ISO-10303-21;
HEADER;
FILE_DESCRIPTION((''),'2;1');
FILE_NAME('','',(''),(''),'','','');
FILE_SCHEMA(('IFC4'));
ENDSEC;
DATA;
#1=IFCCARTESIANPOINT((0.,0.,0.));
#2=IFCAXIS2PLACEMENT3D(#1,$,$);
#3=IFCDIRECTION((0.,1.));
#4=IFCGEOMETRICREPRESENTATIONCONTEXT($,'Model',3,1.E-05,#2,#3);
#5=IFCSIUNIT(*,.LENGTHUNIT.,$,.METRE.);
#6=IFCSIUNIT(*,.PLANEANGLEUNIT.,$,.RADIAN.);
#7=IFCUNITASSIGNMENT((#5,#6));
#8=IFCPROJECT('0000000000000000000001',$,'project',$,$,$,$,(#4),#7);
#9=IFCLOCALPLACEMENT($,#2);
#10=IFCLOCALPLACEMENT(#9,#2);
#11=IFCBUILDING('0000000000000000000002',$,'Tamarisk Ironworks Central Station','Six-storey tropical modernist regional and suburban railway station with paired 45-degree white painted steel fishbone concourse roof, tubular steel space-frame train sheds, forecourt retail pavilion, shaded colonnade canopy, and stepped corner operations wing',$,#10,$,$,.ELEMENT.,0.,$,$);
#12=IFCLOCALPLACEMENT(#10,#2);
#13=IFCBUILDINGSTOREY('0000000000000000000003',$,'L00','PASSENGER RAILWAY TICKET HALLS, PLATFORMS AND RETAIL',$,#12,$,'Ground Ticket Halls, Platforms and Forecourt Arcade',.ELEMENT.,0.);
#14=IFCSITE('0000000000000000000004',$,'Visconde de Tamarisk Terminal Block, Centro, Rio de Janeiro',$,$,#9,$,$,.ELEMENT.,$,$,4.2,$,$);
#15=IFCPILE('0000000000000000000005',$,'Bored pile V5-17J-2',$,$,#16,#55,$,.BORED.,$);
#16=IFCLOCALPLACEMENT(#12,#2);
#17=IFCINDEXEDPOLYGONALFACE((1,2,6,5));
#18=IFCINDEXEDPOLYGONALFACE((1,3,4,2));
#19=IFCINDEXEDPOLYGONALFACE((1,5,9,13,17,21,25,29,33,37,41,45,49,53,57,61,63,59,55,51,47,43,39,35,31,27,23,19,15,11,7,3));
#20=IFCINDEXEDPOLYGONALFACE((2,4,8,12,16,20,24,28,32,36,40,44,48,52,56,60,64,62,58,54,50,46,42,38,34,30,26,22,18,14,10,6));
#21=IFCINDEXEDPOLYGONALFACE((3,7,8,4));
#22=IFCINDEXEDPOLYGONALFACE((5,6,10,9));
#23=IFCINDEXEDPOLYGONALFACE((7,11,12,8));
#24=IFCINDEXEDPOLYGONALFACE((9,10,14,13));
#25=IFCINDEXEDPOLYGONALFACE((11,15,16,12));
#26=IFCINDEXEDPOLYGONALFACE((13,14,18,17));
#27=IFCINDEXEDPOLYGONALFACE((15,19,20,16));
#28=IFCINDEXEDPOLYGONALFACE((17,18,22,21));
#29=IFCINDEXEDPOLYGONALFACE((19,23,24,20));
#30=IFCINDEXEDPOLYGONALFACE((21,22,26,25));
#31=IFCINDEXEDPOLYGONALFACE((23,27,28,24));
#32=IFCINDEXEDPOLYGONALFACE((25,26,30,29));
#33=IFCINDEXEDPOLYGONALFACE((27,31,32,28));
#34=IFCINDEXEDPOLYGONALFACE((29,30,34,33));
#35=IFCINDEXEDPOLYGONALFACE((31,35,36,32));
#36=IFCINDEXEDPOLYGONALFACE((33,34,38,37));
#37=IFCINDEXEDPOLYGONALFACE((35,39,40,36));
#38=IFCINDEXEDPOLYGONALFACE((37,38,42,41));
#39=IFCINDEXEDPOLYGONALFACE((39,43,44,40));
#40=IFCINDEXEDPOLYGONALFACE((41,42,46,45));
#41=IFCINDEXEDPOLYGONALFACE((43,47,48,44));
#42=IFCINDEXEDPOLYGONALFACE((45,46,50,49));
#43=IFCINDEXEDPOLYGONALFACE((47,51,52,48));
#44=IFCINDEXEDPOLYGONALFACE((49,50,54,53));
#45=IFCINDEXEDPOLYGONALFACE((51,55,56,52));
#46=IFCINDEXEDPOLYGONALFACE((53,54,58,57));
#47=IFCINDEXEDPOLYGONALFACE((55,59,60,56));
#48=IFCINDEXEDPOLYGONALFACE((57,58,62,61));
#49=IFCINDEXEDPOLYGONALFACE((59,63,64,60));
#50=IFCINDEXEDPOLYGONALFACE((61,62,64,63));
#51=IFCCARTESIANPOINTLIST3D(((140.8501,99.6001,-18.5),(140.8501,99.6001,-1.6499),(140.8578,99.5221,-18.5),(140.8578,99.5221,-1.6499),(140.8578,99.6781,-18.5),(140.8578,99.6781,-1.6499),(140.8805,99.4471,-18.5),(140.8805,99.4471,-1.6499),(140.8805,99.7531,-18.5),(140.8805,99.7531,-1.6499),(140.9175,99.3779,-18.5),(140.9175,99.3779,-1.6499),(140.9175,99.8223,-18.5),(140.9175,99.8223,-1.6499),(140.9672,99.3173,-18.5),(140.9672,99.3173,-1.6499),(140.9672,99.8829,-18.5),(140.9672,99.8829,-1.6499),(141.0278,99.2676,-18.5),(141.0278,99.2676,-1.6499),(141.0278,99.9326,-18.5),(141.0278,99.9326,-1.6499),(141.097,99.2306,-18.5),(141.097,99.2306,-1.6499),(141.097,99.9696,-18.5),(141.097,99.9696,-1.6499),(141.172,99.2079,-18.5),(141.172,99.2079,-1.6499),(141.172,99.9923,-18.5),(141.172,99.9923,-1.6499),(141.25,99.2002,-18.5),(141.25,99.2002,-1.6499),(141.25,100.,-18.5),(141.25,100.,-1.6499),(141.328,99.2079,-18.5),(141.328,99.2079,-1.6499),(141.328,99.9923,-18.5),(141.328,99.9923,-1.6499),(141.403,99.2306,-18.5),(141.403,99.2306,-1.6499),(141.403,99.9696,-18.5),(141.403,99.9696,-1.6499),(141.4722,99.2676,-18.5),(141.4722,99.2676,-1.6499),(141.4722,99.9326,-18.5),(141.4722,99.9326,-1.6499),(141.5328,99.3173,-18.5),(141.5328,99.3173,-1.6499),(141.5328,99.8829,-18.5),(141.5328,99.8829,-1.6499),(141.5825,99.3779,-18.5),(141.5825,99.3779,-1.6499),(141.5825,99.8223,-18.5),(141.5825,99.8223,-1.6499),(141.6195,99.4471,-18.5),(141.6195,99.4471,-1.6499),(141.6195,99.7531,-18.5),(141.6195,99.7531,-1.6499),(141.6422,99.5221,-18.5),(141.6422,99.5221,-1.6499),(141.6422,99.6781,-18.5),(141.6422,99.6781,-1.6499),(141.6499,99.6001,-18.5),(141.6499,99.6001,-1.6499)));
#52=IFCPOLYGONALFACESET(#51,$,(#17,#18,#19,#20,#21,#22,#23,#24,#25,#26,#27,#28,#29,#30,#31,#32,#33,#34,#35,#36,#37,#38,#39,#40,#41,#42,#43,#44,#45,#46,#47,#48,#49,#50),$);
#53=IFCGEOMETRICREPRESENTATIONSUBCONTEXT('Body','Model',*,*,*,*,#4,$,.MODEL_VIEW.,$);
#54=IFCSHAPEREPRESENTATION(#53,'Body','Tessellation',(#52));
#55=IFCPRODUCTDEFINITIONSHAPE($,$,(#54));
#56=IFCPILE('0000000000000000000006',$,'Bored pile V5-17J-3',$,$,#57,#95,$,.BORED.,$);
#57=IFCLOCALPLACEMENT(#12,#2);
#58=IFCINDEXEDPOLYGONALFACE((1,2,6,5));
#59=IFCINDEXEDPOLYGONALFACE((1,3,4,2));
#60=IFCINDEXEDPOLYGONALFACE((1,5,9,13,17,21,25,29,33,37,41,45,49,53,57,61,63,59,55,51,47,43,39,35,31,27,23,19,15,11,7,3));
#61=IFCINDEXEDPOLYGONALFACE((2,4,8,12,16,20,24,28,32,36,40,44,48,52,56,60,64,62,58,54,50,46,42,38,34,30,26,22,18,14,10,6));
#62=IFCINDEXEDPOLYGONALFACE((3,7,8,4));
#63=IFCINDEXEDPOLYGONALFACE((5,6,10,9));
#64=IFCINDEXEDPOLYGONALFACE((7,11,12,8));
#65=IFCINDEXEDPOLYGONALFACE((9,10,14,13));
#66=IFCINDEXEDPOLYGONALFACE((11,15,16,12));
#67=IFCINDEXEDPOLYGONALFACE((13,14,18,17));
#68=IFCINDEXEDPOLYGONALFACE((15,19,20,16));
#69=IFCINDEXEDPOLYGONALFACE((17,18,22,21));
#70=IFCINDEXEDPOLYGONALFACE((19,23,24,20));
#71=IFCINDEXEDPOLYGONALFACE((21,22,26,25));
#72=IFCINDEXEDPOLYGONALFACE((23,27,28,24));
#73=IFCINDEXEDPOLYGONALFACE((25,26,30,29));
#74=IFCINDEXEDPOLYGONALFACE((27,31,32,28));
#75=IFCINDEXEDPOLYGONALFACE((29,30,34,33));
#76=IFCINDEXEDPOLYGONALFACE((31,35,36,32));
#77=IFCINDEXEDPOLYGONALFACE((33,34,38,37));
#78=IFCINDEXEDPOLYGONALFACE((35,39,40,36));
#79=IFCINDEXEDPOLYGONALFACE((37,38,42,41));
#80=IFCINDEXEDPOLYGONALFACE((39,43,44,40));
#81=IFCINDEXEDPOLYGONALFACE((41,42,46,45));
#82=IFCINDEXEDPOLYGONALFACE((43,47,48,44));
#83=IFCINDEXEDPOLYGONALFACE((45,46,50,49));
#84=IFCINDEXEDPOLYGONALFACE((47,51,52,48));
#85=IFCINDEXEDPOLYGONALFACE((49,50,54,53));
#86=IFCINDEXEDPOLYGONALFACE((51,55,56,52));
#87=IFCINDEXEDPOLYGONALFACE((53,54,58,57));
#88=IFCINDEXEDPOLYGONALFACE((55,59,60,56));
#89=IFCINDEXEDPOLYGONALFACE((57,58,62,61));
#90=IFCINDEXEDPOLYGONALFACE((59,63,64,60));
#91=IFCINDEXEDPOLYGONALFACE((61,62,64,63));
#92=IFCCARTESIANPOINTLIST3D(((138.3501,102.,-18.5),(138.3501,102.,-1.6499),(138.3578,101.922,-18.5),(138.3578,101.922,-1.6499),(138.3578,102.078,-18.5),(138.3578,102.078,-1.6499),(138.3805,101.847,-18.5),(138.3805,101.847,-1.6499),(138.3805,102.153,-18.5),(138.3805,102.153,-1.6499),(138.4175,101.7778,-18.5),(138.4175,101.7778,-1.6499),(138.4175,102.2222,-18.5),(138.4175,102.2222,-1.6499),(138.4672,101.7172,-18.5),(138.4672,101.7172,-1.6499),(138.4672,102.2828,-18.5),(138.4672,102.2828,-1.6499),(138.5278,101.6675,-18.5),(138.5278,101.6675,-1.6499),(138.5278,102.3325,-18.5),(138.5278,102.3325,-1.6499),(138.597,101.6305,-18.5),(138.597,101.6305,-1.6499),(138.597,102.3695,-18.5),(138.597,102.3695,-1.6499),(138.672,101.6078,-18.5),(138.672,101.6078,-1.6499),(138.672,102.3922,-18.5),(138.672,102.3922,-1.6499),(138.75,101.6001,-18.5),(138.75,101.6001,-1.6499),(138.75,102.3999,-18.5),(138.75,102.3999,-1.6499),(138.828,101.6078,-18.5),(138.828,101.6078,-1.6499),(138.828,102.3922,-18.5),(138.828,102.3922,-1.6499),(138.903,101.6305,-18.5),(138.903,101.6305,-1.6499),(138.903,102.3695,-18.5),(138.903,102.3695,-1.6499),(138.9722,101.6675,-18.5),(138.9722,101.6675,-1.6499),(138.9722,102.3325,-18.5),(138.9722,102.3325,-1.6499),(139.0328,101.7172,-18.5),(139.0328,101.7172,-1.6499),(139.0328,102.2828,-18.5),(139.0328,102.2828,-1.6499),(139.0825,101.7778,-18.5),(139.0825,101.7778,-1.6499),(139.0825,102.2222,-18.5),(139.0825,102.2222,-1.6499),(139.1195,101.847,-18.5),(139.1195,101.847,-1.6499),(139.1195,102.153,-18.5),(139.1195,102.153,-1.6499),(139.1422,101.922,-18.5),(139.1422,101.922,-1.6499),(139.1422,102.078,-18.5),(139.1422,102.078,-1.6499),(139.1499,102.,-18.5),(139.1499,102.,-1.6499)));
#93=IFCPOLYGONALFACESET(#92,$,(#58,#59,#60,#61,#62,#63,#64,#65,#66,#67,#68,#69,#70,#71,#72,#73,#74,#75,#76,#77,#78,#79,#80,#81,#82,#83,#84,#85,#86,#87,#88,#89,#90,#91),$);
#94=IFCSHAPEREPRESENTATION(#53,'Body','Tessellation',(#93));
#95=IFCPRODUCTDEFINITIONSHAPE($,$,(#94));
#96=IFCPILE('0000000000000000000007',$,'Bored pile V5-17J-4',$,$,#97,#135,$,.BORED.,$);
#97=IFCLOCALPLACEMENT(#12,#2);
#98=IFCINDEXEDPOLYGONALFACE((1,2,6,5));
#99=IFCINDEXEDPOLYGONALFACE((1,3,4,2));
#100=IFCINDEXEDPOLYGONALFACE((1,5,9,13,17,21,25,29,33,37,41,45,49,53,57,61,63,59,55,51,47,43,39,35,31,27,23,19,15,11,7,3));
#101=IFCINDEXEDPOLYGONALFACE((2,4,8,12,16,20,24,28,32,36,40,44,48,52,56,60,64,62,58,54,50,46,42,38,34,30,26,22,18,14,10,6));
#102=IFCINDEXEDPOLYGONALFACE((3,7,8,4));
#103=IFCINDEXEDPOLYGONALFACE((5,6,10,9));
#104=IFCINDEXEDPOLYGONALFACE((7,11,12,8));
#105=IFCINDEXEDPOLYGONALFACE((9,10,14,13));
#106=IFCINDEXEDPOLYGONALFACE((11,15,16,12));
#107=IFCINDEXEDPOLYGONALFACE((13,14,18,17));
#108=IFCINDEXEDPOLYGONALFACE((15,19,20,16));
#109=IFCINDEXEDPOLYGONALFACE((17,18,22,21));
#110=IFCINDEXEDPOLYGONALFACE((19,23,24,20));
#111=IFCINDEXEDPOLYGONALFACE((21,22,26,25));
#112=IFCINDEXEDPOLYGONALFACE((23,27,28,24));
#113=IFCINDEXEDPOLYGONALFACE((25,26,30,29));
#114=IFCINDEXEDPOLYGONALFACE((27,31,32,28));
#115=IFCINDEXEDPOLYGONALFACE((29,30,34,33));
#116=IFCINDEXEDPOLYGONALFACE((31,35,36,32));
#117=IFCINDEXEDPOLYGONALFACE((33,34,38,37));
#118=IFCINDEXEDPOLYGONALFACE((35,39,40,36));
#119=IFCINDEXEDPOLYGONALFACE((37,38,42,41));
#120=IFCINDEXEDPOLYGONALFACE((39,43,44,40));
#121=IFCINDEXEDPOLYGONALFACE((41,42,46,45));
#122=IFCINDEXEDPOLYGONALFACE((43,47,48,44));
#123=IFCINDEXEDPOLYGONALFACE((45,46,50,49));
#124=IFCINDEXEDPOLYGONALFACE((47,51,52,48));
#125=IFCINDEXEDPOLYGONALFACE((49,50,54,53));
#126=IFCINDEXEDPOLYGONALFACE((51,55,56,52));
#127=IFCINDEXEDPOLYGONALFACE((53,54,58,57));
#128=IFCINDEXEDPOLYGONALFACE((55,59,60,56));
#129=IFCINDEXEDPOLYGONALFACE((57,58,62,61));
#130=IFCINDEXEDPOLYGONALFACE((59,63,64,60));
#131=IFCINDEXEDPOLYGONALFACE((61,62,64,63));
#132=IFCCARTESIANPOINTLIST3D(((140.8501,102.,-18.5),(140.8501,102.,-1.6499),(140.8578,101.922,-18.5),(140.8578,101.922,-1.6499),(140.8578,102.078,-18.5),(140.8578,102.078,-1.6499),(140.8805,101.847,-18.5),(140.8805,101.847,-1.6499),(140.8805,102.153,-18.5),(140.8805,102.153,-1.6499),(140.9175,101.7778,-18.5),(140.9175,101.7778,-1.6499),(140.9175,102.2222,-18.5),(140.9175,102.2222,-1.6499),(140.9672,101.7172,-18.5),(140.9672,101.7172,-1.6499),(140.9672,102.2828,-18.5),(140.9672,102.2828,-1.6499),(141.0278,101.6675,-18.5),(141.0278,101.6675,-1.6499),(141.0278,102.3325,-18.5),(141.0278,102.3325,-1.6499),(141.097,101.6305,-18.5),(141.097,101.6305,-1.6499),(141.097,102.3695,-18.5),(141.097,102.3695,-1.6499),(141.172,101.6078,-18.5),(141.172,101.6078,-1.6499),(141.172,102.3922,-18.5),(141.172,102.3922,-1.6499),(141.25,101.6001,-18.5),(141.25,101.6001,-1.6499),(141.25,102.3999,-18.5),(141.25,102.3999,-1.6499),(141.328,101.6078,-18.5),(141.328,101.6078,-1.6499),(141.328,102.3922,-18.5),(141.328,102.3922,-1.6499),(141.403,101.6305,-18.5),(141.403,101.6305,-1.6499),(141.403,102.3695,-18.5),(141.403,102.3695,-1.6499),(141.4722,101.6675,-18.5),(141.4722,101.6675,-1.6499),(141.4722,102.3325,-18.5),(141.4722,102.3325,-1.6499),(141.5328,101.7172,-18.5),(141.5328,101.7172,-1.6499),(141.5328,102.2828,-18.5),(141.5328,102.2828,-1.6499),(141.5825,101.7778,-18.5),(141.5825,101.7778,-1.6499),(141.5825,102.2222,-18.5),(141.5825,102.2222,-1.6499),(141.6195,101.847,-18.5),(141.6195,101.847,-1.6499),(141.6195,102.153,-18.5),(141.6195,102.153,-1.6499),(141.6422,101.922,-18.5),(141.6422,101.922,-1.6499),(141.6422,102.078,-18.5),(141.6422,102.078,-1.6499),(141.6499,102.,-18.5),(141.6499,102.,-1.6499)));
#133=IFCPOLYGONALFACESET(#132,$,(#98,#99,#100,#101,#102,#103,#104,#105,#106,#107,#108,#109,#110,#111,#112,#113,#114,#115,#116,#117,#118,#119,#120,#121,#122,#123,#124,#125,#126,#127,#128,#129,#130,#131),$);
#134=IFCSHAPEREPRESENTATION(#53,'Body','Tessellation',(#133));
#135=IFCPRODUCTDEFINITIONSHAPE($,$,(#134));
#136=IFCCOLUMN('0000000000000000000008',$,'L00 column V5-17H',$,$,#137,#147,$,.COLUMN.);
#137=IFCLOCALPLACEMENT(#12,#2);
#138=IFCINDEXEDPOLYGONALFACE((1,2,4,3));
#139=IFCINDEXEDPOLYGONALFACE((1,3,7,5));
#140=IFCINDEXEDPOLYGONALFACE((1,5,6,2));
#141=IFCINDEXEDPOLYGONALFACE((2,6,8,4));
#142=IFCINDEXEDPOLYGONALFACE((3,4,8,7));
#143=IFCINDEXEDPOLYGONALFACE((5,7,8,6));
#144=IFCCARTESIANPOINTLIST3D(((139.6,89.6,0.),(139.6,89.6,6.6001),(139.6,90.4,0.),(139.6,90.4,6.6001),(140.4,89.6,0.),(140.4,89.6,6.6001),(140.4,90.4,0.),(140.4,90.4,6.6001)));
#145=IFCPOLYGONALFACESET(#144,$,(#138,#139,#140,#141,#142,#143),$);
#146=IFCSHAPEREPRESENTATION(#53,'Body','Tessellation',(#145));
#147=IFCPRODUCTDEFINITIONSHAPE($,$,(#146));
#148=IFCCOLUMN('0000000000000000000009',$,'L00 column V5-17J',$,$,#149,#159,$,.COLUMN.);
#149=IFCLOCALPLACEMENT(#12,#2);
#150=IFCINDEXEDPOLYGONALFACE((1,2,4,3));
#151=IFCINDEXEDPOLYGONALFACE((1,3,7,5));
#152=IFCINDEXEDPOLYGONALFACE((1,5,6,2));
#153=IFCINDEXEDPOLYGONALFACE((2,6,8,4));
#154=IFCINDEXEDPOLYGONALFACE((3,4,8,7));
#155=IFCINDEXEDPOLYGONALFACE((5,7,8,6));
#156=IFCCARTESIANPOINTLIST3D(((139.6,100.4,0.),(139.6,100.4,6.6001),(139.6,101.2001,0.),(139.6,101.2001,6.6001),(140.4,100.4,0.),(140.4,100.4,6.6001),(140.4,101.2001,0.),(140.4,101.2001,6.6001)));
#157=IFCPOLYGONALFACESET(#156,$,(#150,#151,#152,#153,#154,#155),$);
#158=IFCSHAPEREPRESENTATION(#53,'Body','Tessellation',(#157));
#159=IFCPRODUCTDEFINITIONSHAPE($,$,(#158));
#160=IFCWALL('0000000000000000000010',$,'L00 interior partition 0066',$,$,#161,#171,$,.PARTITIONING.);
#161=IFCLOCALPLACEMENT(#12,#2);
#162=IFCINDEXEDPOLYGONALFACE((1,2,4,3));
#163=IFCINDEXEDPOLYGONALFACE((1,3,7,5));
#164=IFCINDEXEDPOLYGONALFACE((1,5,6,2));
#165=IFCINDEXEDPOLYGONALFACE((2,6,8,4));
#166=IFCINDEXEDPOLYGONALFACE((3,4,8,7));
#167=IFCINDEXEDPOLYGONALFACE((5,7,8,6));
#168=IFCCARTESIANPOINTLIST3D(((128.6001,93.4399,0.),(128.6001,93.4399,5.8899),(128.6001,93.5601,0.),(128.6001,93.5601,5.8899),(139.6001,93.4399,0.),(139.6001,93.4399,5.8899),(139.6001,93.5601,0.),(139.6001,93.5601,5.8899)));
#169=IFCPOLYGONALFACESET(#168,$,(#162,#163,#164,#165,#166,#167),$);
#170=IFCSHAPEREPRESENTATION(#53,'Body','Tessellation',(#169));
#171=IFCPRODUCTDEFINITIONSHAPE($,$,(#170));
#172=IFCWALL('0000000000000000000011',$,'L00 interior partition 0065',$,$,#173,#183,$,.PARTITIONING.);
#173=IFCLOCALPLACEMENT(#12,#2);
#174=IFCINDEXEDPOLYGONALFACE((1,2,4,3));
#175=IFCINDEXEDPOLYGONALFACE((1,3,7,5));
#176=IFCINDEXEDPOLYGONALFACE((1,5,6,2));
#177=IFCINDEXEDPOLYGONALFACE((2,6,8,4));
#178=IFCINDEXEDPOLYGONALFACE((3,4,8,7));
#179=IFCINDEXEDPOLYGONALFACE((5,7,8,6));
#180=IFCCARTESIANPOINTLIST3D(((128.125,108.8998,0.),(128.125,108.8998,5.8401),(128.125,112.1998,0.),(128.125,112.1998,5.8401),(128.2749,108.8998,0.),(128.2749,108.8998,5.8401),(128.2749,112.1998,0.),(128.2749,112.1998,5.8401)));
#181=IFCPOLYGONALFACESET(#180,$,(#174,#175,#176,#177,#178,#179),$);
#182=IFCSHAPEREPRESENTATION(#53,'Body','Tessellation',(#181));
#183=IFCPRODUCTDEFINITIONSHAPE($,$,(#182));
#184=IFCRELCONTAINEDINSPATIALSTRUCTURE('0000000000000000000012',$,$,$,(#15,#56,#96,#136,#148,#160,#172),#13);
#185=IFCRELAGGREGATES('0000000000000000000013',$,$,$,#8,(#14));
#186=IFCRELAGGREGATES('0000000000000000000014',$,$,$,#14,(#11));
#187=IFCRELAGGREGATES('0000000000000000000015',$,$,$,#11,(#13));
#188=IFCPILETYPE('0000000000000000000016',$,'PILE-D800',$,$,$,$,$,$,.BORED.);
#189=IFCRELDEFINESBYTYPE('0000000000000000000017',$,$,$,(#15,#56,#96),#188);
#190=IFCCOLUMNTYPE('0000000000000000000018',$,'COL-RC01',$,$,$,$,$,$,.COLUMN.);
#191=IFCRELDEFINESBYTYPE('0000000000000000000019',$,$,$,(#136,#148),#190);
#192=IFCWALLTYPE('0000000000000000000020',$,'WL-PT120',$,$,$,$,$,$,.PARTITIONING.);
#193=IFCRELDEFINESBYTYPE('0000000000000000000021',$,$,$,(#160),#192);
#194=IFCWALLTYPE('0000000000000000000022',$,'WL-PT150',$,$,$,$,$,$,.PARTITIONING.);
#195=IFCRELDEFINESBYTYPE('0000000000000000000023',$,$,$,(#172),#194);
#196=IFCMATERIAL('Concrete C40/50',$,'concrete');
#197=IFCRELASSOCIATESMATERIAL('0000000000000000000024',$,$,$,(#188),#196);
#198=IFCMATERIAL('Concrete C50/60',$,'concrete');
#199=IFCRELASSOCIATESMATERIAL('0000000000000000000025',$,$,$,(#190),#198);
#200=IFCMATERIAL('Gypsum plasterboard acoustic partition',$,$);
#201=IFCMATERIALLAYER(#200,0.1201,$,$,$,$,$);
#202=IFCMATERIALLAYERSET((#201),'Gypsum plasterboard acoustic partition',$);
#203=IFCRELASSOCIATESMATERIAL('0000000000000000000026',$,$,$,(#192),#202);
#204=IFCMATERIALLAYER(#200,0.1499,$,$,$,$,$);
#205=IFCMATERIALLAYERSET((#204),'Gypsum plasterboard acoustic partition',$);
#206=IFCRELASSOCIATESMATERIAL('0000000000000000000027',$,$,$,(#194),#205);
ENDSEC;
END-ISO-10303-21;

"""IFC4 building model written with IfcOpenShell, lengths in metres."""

from ifc_helpers import new_model, si_unit, direction, frame, frame_2d, origin, origin_2d, place, context, subcontext, project, spatial, rectangle, circle, extrude, material, layer, layer_set, material_profile, profile_set, type_object, element, save


model = new_model("IFC4")

# Units and contexts
model_context = context("Model", 3, precision=1e-05, world=origin(), true_north=direction((0.0, 1.0)))
body_context = subcontext(model_context, "Body", "Model", "MODEL_VIEW")
ifc_project = project(units=[si_unit("LENGTHUNIT", "METRE"), si_unit("PLANEANGLEUNIT", "RADIAN")], contexts=[model_context])

# Site, building, storey
site_placement = place(None, origin())
site = spatial("IfcSite", under=ifc_project, at=site_placement, Name="Visconde de Tamarisk Terminal Block, Centro, Rio de Janeiro", CompositionType="ELEMENT", RefElevation=4.2)
building_placement = place(site_placement, origin())
building = spatial("IfcBuilding", under=site, at=building_placement, Name="Tamarisk Ironworks Central Station", Description="Six-storey tropical modernist regional and suburban railway station with paired 45-degree white painted steel fishbone concourse roof, tubular steel space-frame train sheds, forecourt retail pavilion, shaded colonnade canopy, and stepped corner operations wing", CompositionType="ELEMENT", ElevationOfRefHeight=0.0)
storey_placement = place(building_placement, origin())
storey = spatial("IfcBuildingStorey", under=building, at=storey_placement, Name="L00", Description="PASSENGER RAILWAY TICKET HALLS, PLATFORMS AND RETAIL", LongName="Ground Ticket Halls, Platforms and Forecourt Arcade", CompositionType="ELEMENT", Elevation=0.0)

# Shared definitions
ifc_material_1 = material(Name="Concrete C40/50", Category="concrete")

# Piles
ifc_material_profile_1 = material_profile(ifc_material_1, circle(Radius=0.3999, at=origin_2d()), Name="BORED PILE D800")
ifc_profile_set_1 = profile_set([ifc_material_profile_1], Name="Concrete C40/50")
pile_type = type_object("IfcPileType", Name="PILE-D800", PredefinedType="BORED", material=ifc_profile_set_1)
for number, where, z_axis, x_axis, name in (
    (1, (141.25, 99.6001, -1.6499), (0.0, 0.0, -1.0), (1.0, 0.0, 0.0), "Bored pile V5-17J-2"),
    (2, (138.75, 102.0, -1.6499), (0.0, 0.0, -1.0), (1.0, 0.0, 0.0), "Bored pile V5-17J-3"),
    (3, (141.25, 102.0, -1.6499), (0.0, 0.0, -1.0), (1.0, 0.0, 0.0), "Bored pile V5-17J-4"),
):
    element("IfcPile", number, at=place(storey_placement, frame(where, z_axis=z_axis, x_axis=x_axis)), inside=storey, type_object=pile_type, Name=name, PredefinedType="BORED", context=body_context, shape_type="SweptSolid", body=[
        extrude(circle(Radius=0.3999, at=origin_2d()), origin(), (0.0, 0.0, 1.0), 16.8501),
    ])

# Columns
ifc_material_2 = material(Name="Concrete C50/60", Category="concrete")
ifc_material_profile_2 = material_profile(ifc_material_2, rectangle(XDim=0.8, YDim=0.8, at=origin_2d()), Name="RC 800x800")
ifc_profile_set_2 = profile_set([ifc_material_profile_2], Name="Concrete C50/60")
column_type = type_object("IfcColumnType", Name="COL-RC01", PredefinedType="COLUMN", material=ifc_profile_set_2)
for number, where, z_axis, x_axis, name in (
    (4, (140.0, 90.0, 0.0), (0.0, 0.0, 1.0), (1.0, 0.0, 0.0), "L00 column V5-17H"),
    (5, (140.0, 100.8, 0.0), (0.0, 0.0, 1.0), (1.0, 0.0, 0.0), "L00 column V5-17J"),
):
    element("IfcColumn", number, at=place(storey_placement, frame(where, z_axis=z_axis, x_axis=x_axis)), inside=storey, type_object=column_type, Name=name, PredefinedType="COLUMN", context=body_context, shape_type="SweptSolid", body=[
        extrude(rectangle(XDim=0.8, YDim=0.8, at=origin_2d()), origin(), (0.0, 0.0, 1.0), 6.6001),
    ])

# Walls
ifc_material_3 = material(Name="Gypsum plasterboard acoustic partition")
ifc_layer_1 = layer(ifc_material_3, 0.1201)
ifc_layer_set_1 = layer_set([ifc_layer_1], Name="Gypsum plasterboard acoustic partition")
wall_type_1 = type_object("IfcWallType", Name="WL-PT120", PredefinedType="PARTITIONING", material=ifc_layer_set_1)
wall_1_placement = place(storey_placement, frame((128.6001, 93.5, 0.0), z_axis=(0.0, 0.0, 1.0), x_axis=(1.0, 0.0, 0.0)))
element("IfcWall", 6, at=wall_1_placement, inside=storey, type_object=wall_type_1, Name="L00 interior partition 0066", PredefinedType="PARTITIONING", context=body_context, shape_type="SweptSolid", body=[
    extrude(rectangle(XDim=11.0, YDim=0.1201, at=frame_2d((5.5, 0.0))), origin(), (0.0, 0.0, 1.0), 5.8899),
])
ifc_layer_2 = layer(ifc_material_3, 0.1499)
ifc_layer_set_2 = layer_set([ifc_layer_2], Name="Gypsum plasterboard acoustic partition")
wall_type_2 = type_object("IfcWallType", Name="WL-PT150", PredefinedType="PARTITIONING", material=ifc_layer_set_2)
wall_2_placement = place(storey_placement, frame((128.2, 108.8999, 0.0), z_axis=(0.0, 0.0, 1.0), x_axis=(0.0, 1.0, 0.0)))
element("IfcWall", 7, at=wall_2_placement, inside=storey, type_object=wall_type_2, Name="L00 interior partition 0065", PredefinedType="PARTITIONING", context=body_context, shape_type="SweptSolid", body=[
    extrude(rectangle(XDim=3.3, YDim=0.1499, at=frame_2d((1.6499, 0.0))), origin(), (0.0, 0.0, 1.0), 5.8401),
])

save(model, "model.ifc")
